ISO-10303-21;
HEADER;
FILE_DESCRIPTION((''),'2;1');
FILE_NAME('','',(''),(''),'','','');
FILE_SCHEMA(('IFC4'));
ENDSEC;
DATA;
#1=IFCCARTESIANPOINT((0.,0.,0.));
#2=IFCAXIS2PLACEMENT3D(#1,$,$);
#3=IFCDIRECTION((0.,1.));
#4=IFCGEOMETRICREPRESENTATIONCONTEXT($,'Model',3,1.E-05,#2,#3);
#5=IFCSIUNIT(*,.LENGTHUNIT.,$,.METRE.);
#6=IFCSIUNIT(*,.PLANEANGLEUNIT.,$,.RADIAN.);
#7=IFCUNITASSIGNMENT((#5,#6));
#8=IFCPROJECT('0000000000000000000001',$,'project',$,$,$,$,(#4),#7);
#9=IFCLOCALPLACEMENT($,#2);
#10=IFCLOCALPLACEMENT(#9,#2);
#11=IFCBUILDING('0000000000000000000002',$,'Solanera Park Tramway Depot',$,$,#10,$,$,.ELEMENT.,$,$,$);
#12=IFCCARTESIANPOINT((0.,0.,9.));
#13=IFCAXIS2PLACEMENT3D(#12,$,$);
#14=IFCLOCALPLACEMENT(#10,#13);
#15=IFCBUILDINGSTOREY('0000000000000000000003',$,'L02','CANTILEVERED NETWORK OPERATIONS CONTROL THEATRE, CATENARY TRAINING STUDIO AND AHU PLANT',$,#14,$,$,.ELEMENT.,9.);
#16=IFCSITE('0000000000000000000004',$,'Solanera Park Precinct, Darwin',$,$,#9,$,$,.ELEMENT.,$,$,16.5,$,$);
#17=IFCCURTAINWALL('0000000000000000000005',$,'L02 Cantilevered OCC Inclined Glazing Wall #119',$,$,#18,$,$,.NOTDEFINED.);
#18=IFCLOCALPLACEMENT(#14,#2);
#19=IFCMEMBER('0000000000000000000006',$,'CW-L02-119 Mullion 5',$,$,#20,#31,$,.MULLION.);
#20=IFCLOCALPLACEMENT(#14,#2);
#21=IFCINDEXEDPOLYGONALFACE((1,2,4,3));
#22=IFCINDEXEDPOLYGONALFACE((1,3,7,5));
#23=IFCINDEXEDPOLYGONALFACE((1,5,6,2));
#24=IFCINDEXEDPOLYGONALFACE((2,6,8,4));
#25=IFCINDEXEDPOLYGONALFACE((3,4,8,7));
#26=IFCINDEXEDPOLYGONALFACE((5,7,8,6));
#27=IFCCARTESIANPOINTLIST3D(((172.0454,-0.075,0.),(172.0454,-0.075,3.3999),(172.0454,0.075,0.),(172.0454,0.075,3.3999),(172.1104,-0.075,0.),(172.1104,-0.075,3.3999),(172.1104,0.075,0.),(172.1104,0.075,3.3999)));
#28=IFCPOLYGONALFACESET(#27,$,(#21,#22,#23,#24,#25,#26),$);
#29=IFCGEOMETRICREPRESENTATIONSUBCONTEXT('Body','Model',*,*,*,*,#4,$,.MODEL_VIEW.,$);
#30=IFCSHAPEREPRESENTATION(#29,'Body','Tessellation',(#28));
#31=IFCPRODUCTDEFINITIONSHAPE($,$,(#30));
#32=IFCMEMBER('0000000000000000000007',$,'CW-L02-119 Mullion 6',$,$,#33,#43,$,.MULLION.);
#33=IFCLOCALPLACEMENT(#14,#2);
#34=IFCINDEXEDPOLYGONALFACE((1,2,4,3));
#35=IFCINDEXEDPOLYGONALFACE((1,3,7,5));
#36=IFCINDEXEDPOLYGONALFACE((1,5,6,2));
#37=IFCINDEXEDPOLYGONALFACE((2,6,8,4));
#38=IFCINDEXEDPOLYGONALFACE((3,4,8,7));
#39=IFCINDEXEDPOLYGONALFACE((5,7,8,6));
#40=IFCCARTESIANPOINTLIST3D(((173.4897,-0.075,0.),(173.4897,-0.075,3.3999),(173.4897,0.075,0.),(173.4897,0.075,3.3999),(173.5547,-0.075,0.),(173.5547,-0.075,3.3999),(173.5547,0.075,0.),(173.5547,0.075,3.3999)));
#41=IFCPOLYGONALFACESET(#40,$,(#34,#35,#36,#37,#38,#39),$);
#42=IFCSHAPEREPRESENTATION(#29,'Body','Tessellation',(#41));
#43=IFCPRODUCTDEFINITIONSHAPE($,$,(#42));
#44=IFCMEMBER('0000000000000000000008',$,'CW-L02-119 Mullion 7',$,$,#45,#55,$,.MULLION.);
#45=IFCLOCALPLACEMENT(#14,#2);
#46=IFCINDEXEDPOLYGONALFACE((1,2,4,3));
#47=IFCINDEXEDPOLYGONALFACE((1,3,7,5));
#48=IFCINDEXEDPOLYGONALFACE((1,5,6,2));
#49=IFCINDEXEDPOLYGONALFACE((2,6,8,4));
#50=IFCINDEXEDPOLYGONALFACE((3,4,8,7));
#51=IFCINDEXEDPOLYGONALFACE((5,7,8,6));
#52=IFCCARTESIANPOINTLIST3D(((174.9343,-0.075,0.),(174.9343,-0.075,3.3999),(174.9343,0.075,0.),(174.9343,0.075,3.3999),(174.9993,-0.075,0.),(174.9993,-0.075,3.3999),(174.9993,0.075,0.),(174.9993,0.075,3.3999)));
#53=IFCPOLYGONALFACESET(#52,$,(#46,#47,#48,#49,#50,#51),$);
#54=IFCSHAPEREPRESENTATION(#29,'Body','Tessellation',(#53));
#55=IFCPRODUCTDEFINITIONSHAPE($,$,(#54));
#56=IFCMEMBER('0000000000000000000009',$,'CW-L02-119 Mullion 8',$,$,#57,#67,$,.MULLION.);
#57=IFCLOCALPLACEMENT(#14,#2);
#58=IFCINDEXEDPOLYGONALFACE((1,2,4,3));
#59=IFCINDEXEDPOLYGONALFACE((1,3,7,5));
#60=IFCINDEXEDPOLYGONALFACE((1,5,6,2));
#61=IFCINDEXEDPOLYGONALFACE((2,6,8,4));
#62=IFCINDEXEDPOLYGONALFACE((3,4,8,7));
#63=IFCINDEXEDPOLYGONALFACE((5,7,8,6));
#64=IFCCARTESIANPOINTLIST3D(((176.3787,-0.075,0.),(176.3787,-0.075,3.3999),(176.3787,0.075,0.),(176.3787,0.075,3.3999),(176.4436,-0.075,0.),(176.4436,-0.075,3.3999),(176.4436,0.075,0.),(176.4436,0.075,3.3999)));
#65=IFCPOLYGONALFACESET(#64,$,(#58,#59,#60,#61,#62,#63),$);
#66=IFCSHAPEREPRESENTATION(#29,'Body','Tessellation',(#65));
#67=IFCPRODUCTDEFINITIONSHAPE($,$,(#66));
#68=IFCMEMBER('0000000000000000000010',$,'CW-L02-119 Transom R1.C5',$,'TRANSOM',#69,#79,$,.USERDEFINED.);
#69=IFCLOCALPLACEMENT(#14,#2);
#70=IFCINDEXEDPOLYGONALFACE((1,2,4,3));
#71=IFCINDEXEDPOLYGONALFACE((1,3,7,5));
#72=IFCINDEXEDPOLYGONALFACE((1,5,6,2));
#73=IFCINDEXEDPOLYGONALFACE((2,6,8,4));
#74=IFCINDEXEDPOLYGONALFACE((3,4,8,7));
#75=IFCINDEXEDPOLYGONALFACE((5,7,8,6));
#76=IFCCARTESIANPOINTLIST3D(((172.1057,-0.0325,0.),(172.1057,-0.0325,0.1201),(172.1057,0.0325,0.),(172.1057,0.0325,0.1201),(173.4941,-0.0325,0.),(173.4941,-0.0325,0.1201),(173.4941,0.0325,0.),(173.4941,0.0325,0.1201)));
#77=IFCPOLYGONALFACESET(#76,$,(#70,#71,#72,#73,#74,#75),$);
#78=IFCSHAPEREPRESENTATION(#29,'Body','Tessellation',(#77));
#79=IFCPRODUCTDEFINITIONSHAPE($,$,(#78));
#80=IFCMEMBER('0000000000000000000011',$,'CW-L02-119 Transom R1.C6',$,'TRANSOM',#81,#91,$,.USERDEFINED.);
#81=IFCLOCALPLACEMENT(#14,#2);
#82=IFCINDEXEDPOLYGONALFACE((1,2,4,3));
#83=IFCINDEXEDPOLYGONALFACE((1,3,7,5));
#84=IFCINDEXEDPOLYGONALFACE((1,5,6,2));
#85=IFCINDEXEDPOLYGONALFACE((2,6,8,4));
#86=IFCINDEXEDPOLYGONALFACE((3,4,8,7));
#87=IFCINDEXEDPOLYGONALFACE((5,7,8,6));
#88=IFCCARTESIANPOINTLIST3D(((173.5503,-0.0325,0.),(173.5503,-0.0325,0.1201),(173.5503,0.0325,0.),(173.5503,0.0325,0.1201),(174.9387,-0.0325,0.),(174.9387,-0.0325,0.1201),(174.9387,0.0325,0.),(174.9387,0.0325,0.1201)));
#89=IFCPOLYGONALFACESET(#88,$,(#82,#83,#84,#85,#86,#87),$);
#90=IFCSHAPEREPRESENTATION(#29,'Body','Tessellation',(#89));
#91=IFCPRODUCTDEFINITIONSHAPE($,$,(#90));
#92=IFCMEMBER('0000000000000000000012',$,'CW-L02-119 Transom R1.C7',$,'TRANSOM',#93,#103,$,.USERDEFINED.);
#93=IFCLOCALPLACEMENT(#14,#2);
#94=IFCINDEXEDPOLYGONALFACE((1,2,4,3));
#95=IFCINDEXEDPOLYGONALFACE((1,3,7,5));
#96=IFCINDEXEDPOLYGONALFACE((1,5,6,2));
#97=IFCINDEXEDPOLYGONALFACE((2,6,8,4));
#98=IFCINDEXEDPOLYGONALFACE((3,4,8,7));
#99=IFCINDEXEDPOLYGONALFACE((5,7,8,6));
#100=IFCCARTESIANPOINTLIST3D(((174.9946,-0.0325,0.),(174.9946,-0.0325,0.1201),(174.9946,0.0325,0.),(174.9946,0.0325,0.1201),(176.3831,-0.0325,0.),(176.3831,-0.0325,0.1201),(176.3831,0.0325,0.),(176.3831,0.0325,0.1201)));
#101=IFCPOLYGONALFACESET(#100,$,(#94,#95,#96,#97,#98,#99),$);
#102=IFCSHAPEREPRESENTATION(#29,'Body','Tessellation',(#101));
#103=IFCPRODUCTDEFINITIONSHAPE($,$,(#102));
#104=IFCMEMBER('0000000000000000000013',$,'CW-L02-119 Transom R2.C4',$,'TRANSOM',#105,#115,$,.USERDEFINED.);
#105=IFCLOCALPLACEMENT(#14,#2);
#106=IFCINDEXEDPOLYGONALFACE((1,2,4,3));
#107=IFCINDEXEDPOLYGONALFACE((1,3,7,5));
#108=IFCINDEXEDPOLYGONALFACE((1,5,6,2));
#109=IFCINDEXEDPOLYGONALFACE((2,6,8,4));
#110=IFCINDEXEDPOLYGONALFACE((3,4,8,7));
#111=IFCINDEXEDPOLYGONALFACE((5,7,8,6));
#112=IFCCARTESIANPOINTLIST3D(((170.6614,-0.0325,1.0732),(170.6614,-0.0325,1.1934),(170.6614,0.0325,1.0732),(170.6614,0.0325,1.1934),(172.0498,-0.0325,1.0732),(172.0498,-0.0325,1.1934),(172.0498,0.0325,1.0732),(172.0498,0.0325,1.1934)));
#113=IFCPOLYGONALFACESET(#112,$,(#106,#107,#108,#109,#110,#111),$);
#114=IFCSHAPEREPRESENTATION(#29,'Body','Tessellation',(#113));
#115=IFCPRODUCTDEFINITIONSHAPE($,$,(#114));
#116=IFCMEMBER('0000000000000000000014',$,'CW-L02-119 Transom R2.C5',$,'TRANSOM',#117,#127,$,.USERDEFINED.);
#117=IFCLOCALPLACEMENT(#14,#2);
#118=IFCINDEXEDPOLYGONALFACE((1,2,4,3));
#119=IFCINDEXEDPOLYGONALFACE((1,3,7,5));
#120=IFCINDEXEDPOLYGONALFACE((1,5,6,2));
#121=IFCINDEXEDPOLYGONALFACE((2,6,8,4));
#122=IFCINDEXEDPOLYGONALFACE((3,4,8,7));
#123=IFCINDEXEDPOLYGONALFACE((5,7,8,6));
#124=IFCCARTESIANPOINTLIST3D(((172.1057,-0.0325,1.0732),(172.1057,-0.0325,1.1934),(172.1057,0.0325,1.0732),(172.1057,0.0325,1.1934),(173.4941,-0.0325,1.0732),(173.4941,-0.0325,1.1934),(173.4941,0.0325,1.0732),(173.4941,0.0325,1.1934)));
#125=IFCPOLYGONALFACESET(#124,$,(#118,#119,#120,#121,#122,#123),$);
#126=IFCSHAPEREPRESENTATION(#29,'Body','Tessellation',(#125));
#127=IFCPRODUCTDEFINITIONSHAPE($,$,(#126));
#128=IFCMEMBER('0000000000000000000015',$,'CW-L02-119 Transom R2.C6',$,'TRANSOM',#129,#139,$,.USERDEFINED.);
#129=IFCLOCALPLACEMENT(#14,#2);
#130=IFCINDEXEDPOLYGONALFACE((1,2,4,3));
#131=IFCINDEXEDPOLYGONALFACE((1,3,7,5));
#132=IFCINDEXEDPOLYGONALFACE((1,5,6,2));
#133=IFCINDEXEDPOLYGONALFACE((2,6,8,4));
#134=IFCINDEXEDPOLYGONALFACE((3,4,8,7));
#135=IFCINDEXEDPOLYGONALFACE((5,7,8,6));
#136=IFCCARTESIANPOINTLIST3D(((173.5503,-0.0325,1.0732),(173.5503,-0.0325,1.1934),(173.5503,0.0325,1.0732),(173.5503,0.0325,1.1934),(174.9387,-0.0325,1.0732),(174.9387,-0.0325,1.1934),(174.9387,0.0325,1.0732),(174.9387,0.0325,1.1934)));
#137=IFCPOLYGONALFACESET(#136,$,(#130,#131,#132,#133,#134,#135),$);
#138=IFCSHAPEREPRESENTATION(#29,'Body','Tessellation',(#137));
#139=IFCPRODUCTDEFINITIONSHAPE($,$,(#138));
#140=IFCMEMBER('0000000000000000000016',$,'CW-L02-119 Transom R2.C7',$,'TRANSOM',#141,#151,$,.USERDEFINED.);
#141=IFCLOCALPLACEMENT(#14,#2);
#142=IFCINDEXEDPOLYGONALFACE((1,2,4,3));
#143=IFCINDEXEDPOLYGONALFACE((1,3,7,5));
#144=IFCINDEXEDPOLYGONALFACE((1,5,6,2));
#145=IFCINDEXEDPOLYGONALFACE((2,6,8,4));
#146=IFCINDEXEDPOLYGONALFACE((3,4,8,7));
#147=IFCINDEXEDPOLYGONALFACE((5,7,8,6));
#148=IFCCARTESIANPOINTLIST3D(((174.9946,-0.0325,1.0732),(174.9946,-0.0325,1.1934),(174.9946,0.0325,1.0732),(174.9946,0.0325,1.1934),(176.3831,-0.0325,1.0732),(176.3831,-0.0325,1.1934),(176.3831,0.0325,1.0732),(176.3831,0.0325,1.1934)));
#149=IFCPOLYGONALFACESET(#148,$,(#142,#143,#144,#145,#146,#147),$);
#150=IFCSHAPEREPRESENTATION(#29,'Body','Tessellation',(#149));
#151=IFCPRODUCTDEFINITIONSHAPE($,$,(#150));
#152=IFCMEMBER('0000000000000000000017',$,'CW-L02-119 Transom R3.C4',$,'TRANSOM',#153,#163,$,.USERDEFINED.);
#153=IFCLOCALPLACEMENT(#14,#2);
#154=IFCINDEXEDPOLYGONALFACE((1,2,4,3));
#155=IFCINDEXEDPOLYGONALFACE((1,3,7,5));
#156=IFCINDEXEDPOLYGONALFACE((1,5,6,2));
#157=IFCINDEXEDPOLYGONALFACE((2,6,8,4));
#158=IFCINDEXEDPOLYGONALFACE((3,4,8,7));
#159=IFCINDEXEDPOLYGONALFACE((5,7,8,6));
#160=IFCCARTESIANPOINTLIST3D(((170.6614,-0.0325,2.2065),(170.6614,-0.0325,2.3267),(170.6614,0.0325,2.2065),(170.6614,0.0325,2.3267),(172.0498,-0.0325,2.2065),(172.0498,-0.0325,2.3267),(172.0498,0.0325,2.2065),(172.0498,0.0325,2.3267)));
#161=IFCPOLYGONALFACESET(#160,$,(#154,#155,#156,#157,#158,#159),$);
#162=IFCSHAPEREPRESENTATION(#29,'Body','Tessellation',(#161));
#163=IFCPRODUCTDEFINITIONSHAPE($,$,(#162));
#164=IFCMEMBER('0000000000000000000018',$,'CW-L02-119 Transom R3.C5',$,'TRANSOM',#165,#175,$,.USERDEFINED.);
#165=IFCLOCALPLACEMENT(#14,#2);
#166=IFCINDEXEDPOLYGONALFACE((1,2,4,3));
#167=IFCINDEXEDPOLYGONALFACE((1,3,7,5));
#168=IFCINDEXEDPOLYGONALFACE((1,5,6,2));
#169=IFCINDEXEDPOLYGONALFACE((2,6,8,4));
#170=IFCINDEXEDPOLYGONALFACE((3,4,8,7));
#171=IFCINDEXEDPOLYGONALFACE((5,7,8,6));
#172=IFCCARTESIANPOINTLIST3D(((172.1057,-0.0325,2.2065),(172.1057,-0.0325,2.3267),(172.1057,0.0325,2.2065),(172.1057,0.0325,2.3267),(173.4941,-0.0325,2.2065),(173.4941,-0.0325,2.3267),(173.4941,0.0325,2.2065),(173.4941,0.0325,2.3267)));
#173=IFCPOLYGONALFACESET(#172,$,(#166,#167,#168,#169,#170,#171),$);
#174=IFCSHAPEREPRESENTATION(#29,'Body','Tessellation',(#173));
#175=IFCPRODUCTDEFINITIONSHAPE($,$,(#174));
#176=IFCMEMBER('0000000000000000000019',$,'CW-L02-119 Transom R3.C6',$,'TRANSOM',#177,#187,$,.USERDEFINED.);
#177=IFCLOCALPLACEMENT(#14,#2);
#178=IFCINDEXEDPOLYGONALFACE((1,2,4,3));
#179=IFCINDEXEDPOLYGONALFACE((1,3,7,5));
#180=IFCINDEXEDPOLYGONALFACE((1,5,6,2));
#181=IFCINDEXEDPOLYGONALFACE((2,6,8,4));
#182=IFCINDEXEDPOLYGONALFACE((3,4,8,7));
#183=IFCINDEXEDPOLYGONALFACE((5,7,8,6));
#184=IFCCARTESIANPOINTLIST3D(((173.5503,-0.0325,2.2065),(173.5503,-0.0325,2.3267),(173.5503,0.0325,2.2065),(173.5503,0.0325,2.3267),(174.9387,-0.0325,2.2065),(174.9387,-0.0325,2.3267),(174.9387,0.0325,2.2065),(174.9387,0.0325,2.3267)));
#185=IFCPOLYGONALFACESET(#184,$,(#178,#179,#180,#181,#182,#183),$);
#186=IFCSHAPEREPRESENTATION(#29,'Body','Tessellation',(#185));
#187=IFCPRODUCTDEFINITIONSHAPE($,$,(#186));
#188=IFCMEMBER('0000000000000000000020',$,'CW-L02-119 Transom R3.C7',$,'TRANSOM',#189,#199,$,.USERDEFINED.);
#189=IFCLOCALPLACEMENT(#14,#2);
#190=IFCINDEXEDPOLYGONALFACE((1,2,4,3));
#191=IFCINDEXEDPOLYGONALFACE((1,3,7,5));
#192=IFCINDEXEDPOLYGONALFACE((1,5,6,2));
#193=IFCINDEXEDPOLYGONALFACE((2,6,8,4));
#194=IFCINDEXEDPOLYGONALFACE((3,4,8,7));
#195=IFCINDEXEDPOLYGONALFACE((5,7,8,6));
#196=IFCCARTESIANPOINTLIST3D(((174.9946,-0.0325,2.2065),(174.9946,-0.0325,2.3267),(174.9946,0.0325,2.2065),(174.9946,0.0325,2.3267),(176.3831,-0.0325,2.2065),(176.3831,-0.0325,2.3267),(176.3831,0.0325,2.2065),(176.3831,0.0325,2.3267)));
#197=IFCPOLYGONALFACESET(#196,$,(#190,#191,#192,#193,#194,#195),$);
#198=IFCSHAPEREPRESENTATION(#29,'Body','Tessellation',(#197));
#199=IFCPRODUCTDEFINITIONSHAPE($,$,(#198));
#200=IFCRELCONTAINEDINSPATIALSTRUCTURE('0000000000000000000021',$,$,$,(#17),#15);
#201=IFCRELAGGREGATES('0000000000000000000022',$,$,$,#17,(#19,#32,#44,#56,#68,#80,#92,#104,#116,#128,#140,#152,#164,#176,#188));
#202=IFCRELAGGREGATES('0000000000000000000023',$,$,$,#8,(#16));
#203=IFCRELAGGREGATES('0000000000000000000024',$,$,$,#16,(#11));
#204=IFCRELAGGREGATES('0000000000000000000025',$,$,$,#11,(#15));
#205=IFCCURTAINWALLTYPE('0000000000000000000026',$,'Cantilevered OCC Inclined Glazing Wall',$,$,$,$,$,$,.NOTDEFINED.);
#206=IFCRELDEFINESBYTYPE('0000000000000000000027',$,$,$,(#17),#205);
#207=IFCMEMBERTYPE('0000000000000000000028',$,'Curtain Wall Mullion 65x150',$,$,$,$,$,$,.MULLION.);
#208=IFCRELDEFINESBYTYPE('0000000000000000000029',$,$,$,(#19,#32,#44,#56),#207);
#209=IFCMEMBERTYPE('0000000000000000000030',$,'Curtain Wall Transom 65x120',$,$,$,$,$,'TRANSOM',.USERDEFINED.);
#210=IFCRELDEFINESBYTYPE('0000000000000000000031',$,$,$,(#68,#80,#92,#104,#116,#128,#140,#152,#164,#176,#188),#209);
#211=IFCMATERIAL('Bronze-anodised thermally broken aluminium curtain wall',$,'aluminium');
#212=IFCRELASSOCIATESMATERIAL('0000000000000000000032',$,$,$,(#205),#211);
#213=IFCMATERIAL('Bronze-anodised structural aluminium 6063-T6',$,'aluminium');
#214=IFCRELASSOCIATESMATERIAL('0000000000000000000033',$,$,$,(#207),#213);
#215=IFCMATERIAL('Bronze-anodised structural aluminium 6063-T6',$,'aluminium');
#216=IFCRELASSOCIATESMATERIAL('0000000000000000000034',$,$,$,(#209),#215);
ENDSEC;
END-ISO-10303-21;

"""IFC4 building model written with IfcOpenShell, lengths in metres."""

from ifc_helpers import new_model, si_unit, direction, frame, origin, origin_2d, place, context, subcontext, project, spatial, rectangle, extrude, material, material_profile, profile_set, type_object, element, aggregate, save


model = new_model("IFC4")

# Units and contexts
model_context = context("Model", 3, precision=1e-05, world=origin(), true_north=direction((0.0, 1.0)))
body_context = subcontext(model_context, "Body", "Model", "MODEL_VIEW")
ifc_project = project(units=[si_unit("LENGTHUNIT", "METRE"), si_unit("PLANEANGLEUNIT", "RADIAN")], contexts=[model_context])

# Site, building, storey
site_placement = place(None, origin())
site = spatial("IfcSite", under=ifc_project, at=site_placement, Name="Solanera Park Precinct, Darwin", CompositionType="ELEMENT", RefElevation=16.5)
building_placement = place(site_placement, origin())
building = spatial("IfcBuilding", under=site, at=building_placement, Name="Solanera Park Tramway Depot", CompositionType="ELEMENT")
storey_placement = place(building_placement, frame((0.0, 0.0, 9.0)))
storey = spatial("IfcBuildingStorey", under=building, at=storey_placement, Name="L02", Description="CANTILEVERED NETWORK OPERATIONS CONTROL THEATRE, CATENARY TRAINING STUDIO AND AHU PLANT", CompositionType="ELEMENT", Elevation=9.0)

# Curtain wall, members
ifc_material_1 = material(Name="Bronze-anodised thermally broken aluminium curtain wall", Category="aluminium")
curtain_wall_type = type_object("IfcCurtainWallType", Name="Cantilevered OCC Inclined Glazing Wall", PredefinedType="NOTDEFINED", material=ifc_material_1)
curtain_wall_placement = place(storey_placement, origin())
curtain_wall = element("IfcCurtainWall", 1, at=curtain_wall_placement, inside=storey, type_object=curtain_wall_type, Name="L02 Cantilevered OCC Inclined Glazing Wall #119", PredefinedType="NOTDEFINED")
ifc_material_2 = material(Name="Bronze-anodised structural aluminium 6063-T6", Category="aluminium")
ifc_material_profile_1 = material_profile(ifc_material_2, rectangle(XDim=0.0649, YDim=0.1499, at=origin_2d()), Name="Curtain Wall Mullion 65x150")
ifc_profile_set_1 = profile_set([ifc_material_profile_1], Name="Bronze-anodised structural aluminium 6063-T6")
member_type_1 = type_object("IfcMemberType", Name="Curtain Wall Mullion 65x150", PredefinedType="MULLION", material=ifc_profile_set_1)
member_1_placement = place(storey_placement, frame((172.0779, 0.0, 0.0), z_axis=(0.0, 0.0, 1.0), x_axis=(1.0, 0.0, 0.0)))
member_1 = element("IfcMember", 2, at=member_1_placement, type_object=member_type_1, Name="CW-L02-119 Mullion 5", PredefinedType="MULLION", context=body_context, shape_type="SweptSolid", body=[
    extrude(rectangle(XDim=0.0649, YDim=0.1499, at=origin_2d()), origin(), (0.0, 0.0, 1.0), 3.3999),
])
member_2_placement = place(storey_placement, frame((173.5222, 0.0, 0.0), z_axis=(0.0, 0.0, 1.0), x_axis=(1.0, 0.0, 0.0)))
member_2 = element("IfcMember", 3, at=member_2_placement, type_object=member_type_1, Name="CW-L02-119 Mullion 6", PredefinedType="MULLION", context=body_context, shape_type="SweptSolid", body=[
    extrude(rectangle(XDim=0.0649, YDim=0.1499, at=origin_2d()), origin(), (0.0, 0.0, 1.0), 3.3999),
])
member_3_placement = place(storey_placement, frame((174.9668, 0.0, 0.0), z_axis=(0.0, 0.0, 1.0), x_axis=(1.0, 0.0, 0.0)))
member_3 = element("IfcMember", 4, at=member_3_placement, type_object=member_type_1, Name="CW-L02-119 Mullion 7", PredefinedType="MULLION", context=body_context, shape_type="SweptSolid", body=[
    extrude(rectangle(XDim=0.0649, YDim=0.1499, at=origin_2d()), origin(), (0.0, 0.0, 1.0), 3.3999),
])
member_4_placement = place(storey_placement, frame((176.4111, 0.0, 0.0), z_axis=(0.0, 0.0, 1.0), x_axis=(1.0, 0.0, 0.0)))
member_4 = element("IfcMember", 5, at=member_4_placement, type_object=member_type_1, Name="CW-L02-119 Mullion 8", PredefinedType="MULLION", context=body_context, shape_type="SweptSolid", body=[
    extrude(rectangle(XDim=0.0649, YDim=0.1499, at=origin_2d()), origin(), (0.0, 0.0, 1.0), 3.3999),
])
ifc_material_3 = material(Name="Bronze-anodised structural aluminium 6063-T6", Category="aluminium")
ifc_material_profile_2 = material_profile(ifc_material_3, rectangle(XDim=0.0649, YDim=0.1201, at=origin_2d()), Name="Curtain Wall Transom 65x120")
ifc_profile_set_2 = profile_set([ifc_material_profile_2], Name="Bronze-anodised structural aluminium 6063-T6")
member_type_2 = type_object("IfcMemberType", Name="Curtain Wall Transom 65x120", ElementType="TRANSOM", PredefinedType="USERDEFINED", material=ifc_profile_set_2)
member_5_placement = place(storey_placement, frame((172.1057, 0.0, 0.0601), z_axis=(1.0, 0.0, 0.0), x_axis=(0.0, 1.0, 0.0)))
member_5 = element("IfcMember", 6, at=member_5_placement, type_object=member_type_2, Name="CW-L02-119 Transom R1.C5", ObjectType="TRANSOM", PredefinedType="USERDEFINED", context=body_context, shape_type="SweptSolid", body=[
    extrude(rectangle(XDim=0.0649, YDim=0.1201, at=origin_2d()), origin(), (0.0, 0.0, 1.0), 1.3884),
])
member_6_placement = place(storey_placement, frame((173.5503, 0.0, 0.0601), z_axis=(1.0, 0.0, 0.0), x_axis=(0.0, 1.0, 0.0)))
member_6 = element("IfcMember", 7, at=member_6_placement, type_object=member_type_2, Name="CW-L02-119 Transom R1.C6", ObjectType="TRANSOM", PredefinedType="USERDEFINED", context=body_context, shape_type="SweptSolid", body=[
    extrude(rectangle(XDim=0.0649, YDim=0.1201, at=origin_2d()), origin(), (0.0, 0.0, 1.0), 1.3884),
])
member_7_placement = place(storey_placement, frame((174.9946, 0.0, 0.0601), z_axis=(1.0, 0.0, 0.0), x_axis=(0.0, 1.0, 0.0)))
member_7 = element("IfcMember", 8, at=member_7_placement, type_object=member_type_2, Name="CW-L02-119 Transom R1.C7", ObjectType="TRANSOM", PredefinedType="USERDEFINED", context=body_context, shape_type="SweptSolid", body=[
    extrude(rectangle(XDim=0.0649, YDim=0.1201, at=origin_2d()), origin(), (0.0, 0.0, 1.0), 1.3884),
])
member_8_placement = place(storey_placement, frame((170.6614, 0.0, 1.1333), z_axis=(1.0, 0.0, 0.0), x_axis=(0.0, 1.0, 0.0)))
member_8 = element("IfcMember", 9, at=member_8_placement, type_object=member_type_2, Name="CW-L02-119 Transom R2.C4", ObjectType="TRANSOM", PredefinedType="USERDEFINED", context=body_context, shape_type="SweptSolid", body=[
    extrude(rectangle(XDim=0.0649, YDim=0.1201, at=origin_2d()), origin(), (0.0, 0.0, 1.0), 1.3884),
])
member_9_placement = place(storey_placement, frame((172.1057, 0.0, 1.1333), z_axis=(1.0, 0.0, 0.0), x_axis=(0.0, 1.0, 0.0)))
member_9 = element("IfcMember", 10, at=member_9_placement, type_object=member_type_2, Name="CW-L02-119 Transom R2.C5", ObjectType="TRANSOM", PredefinedType="USERDEFINED", context=body_context, shape_type="SweptSolid", body=[
    extrude(rectangle(XDim=0.0649, YDim=0.1201, at=origin_2d()), origin(), (0.0, 0.0, 1.0), 1.3884),
])
member_10_placement = place(storey_placement, frame((173.5503, 0.0, 1.1333), z_axis=(1.0, 0.0, 0.0), x_axis=(0.0, 1.0, 0.0)))
member_10 = element("IfcMember", 11, at=member_10_placement, type_object=member_type_2, Name="CW-L02-119 Transom R2.C6", ObjectType="TRANSOM", PredefinedType="USERDEFINED", context=body_context, shape_type="SweptSolid", body=[
    extrude(rectangle(XDim=0.0649, YDim=0.1201, at=origin_2d()), origin(), (0.0, 0.0, 1.0), 1.3884),
])
member_11_placement = place(storey_placement, frame((174.9946, 0.0, 1.1333), z_axis=(1.0, 0.0, 0.0), x_axis=(0.0, 1.0, 0.0)))
member_11 = element("IfcMember", 12, at=member_11_placement, type_object=member_type_2, Name="CW-L02-119 Transom R2.C7", ObjectType="TRANSOM", PredefinedType="USERDEFINED", context=body_context, shape_type="SweptSolid", body=[
    extrude(rectangle(XDim=0.0649, YDim=0.1201, at=origin_2d()), origin(), (0.0, 0.0, 1.0), 1.3884),
])
member_12_placement = place(storey_placement, frame((170.6614, 0.0, 2.2666), z_axis=(1.0, 0.0, 0.0), x_axis=(0.0, 1.0, 0.0)))
member_12 = element("IfcMember", 13, at=member_12_placement, type_object=member_type_2, Name="CW-L02-119 Transom R3.C4", ObjectType="TRANSOM", PredefinedType="USERDEFINED", context=body_context, shape_type="SweptSolid", body=[
    extrude(rectangle(XDim=0.0649, YDim=0.1201, at=origin_2d()), origin(), (0.0, 0.0, 1.0), 1.3884),
])
member_13_placement = place(storey_placement, frame((172.1057, 0.0, 2.2666), z_axis=(1.0, 0.0, 0.0), x_axis=(0.0, 1.0, 0.0)))
member_13 = element("IfcMember", 14, at=member_13_placement, type_object=member_type_2, Name="CW-L02-119 Transom R3.C5", ObjectType="TRANSOM", PredefinedType="USERDEFINED", context=body_context, shape_type="SweptSolid", body=[
    extrude(rectangle(XDim=0.0649, YDim=0.1201, at=origin_2d()), origin(), (0.0, 0.0, 1.0), 1.3884),
])
member_14_placement = place(storey_placement, frame((173.5503, 0.0, 2.2666), z_axis=(1.0, 0.0, 0.0), x_axis=(0.0, 1.0, 0.0)))
member_14 = element("IfcMember", 15, at=member_14_placement, type_object=member_type_2, Name="CW-L02-119 Transom R3.C6", ObjectType="TRANSOM", PredefinedType="USERDEFINED", context=body_context, shape_type="SweptSolid", body=[
    extrude(rectangle(XDim=0.0649, YDim=0.1201, at=origin_2d()), origin(), (0.0, 0.0, 1.0), 1.3884),
])
member_15_placement = place(storey_placement, frame((174.9946, 0.0, 2.2666), z_axis=(1.0, 0.0, 0.0), x_axis=(0.0, 1.0, 0.0)))
member_15 = element("IfcMember", 16, at=member_15_placement, type_object=member_type_2, Name="CW-L02-119 Transom R3.C7", ObjectType="TRANSOM", PredefinedType="USERDEFINED", context=body_context, shape_type="SweptSolid", body=[
    extrude(rectangle(XDim=0.0649, YDim=0.1201, at=origin_2d()), origin(), (0.0, 0.0, 1.0), 1.3884),
])
aggregate(curtain_wall, [member_1, member_2, member_3, member_4, member_5, member_6, member_7, member_8, member_9, member_10, member_11, member_12, member_13, member_14, member_15])

save(model, "model.ifc")
